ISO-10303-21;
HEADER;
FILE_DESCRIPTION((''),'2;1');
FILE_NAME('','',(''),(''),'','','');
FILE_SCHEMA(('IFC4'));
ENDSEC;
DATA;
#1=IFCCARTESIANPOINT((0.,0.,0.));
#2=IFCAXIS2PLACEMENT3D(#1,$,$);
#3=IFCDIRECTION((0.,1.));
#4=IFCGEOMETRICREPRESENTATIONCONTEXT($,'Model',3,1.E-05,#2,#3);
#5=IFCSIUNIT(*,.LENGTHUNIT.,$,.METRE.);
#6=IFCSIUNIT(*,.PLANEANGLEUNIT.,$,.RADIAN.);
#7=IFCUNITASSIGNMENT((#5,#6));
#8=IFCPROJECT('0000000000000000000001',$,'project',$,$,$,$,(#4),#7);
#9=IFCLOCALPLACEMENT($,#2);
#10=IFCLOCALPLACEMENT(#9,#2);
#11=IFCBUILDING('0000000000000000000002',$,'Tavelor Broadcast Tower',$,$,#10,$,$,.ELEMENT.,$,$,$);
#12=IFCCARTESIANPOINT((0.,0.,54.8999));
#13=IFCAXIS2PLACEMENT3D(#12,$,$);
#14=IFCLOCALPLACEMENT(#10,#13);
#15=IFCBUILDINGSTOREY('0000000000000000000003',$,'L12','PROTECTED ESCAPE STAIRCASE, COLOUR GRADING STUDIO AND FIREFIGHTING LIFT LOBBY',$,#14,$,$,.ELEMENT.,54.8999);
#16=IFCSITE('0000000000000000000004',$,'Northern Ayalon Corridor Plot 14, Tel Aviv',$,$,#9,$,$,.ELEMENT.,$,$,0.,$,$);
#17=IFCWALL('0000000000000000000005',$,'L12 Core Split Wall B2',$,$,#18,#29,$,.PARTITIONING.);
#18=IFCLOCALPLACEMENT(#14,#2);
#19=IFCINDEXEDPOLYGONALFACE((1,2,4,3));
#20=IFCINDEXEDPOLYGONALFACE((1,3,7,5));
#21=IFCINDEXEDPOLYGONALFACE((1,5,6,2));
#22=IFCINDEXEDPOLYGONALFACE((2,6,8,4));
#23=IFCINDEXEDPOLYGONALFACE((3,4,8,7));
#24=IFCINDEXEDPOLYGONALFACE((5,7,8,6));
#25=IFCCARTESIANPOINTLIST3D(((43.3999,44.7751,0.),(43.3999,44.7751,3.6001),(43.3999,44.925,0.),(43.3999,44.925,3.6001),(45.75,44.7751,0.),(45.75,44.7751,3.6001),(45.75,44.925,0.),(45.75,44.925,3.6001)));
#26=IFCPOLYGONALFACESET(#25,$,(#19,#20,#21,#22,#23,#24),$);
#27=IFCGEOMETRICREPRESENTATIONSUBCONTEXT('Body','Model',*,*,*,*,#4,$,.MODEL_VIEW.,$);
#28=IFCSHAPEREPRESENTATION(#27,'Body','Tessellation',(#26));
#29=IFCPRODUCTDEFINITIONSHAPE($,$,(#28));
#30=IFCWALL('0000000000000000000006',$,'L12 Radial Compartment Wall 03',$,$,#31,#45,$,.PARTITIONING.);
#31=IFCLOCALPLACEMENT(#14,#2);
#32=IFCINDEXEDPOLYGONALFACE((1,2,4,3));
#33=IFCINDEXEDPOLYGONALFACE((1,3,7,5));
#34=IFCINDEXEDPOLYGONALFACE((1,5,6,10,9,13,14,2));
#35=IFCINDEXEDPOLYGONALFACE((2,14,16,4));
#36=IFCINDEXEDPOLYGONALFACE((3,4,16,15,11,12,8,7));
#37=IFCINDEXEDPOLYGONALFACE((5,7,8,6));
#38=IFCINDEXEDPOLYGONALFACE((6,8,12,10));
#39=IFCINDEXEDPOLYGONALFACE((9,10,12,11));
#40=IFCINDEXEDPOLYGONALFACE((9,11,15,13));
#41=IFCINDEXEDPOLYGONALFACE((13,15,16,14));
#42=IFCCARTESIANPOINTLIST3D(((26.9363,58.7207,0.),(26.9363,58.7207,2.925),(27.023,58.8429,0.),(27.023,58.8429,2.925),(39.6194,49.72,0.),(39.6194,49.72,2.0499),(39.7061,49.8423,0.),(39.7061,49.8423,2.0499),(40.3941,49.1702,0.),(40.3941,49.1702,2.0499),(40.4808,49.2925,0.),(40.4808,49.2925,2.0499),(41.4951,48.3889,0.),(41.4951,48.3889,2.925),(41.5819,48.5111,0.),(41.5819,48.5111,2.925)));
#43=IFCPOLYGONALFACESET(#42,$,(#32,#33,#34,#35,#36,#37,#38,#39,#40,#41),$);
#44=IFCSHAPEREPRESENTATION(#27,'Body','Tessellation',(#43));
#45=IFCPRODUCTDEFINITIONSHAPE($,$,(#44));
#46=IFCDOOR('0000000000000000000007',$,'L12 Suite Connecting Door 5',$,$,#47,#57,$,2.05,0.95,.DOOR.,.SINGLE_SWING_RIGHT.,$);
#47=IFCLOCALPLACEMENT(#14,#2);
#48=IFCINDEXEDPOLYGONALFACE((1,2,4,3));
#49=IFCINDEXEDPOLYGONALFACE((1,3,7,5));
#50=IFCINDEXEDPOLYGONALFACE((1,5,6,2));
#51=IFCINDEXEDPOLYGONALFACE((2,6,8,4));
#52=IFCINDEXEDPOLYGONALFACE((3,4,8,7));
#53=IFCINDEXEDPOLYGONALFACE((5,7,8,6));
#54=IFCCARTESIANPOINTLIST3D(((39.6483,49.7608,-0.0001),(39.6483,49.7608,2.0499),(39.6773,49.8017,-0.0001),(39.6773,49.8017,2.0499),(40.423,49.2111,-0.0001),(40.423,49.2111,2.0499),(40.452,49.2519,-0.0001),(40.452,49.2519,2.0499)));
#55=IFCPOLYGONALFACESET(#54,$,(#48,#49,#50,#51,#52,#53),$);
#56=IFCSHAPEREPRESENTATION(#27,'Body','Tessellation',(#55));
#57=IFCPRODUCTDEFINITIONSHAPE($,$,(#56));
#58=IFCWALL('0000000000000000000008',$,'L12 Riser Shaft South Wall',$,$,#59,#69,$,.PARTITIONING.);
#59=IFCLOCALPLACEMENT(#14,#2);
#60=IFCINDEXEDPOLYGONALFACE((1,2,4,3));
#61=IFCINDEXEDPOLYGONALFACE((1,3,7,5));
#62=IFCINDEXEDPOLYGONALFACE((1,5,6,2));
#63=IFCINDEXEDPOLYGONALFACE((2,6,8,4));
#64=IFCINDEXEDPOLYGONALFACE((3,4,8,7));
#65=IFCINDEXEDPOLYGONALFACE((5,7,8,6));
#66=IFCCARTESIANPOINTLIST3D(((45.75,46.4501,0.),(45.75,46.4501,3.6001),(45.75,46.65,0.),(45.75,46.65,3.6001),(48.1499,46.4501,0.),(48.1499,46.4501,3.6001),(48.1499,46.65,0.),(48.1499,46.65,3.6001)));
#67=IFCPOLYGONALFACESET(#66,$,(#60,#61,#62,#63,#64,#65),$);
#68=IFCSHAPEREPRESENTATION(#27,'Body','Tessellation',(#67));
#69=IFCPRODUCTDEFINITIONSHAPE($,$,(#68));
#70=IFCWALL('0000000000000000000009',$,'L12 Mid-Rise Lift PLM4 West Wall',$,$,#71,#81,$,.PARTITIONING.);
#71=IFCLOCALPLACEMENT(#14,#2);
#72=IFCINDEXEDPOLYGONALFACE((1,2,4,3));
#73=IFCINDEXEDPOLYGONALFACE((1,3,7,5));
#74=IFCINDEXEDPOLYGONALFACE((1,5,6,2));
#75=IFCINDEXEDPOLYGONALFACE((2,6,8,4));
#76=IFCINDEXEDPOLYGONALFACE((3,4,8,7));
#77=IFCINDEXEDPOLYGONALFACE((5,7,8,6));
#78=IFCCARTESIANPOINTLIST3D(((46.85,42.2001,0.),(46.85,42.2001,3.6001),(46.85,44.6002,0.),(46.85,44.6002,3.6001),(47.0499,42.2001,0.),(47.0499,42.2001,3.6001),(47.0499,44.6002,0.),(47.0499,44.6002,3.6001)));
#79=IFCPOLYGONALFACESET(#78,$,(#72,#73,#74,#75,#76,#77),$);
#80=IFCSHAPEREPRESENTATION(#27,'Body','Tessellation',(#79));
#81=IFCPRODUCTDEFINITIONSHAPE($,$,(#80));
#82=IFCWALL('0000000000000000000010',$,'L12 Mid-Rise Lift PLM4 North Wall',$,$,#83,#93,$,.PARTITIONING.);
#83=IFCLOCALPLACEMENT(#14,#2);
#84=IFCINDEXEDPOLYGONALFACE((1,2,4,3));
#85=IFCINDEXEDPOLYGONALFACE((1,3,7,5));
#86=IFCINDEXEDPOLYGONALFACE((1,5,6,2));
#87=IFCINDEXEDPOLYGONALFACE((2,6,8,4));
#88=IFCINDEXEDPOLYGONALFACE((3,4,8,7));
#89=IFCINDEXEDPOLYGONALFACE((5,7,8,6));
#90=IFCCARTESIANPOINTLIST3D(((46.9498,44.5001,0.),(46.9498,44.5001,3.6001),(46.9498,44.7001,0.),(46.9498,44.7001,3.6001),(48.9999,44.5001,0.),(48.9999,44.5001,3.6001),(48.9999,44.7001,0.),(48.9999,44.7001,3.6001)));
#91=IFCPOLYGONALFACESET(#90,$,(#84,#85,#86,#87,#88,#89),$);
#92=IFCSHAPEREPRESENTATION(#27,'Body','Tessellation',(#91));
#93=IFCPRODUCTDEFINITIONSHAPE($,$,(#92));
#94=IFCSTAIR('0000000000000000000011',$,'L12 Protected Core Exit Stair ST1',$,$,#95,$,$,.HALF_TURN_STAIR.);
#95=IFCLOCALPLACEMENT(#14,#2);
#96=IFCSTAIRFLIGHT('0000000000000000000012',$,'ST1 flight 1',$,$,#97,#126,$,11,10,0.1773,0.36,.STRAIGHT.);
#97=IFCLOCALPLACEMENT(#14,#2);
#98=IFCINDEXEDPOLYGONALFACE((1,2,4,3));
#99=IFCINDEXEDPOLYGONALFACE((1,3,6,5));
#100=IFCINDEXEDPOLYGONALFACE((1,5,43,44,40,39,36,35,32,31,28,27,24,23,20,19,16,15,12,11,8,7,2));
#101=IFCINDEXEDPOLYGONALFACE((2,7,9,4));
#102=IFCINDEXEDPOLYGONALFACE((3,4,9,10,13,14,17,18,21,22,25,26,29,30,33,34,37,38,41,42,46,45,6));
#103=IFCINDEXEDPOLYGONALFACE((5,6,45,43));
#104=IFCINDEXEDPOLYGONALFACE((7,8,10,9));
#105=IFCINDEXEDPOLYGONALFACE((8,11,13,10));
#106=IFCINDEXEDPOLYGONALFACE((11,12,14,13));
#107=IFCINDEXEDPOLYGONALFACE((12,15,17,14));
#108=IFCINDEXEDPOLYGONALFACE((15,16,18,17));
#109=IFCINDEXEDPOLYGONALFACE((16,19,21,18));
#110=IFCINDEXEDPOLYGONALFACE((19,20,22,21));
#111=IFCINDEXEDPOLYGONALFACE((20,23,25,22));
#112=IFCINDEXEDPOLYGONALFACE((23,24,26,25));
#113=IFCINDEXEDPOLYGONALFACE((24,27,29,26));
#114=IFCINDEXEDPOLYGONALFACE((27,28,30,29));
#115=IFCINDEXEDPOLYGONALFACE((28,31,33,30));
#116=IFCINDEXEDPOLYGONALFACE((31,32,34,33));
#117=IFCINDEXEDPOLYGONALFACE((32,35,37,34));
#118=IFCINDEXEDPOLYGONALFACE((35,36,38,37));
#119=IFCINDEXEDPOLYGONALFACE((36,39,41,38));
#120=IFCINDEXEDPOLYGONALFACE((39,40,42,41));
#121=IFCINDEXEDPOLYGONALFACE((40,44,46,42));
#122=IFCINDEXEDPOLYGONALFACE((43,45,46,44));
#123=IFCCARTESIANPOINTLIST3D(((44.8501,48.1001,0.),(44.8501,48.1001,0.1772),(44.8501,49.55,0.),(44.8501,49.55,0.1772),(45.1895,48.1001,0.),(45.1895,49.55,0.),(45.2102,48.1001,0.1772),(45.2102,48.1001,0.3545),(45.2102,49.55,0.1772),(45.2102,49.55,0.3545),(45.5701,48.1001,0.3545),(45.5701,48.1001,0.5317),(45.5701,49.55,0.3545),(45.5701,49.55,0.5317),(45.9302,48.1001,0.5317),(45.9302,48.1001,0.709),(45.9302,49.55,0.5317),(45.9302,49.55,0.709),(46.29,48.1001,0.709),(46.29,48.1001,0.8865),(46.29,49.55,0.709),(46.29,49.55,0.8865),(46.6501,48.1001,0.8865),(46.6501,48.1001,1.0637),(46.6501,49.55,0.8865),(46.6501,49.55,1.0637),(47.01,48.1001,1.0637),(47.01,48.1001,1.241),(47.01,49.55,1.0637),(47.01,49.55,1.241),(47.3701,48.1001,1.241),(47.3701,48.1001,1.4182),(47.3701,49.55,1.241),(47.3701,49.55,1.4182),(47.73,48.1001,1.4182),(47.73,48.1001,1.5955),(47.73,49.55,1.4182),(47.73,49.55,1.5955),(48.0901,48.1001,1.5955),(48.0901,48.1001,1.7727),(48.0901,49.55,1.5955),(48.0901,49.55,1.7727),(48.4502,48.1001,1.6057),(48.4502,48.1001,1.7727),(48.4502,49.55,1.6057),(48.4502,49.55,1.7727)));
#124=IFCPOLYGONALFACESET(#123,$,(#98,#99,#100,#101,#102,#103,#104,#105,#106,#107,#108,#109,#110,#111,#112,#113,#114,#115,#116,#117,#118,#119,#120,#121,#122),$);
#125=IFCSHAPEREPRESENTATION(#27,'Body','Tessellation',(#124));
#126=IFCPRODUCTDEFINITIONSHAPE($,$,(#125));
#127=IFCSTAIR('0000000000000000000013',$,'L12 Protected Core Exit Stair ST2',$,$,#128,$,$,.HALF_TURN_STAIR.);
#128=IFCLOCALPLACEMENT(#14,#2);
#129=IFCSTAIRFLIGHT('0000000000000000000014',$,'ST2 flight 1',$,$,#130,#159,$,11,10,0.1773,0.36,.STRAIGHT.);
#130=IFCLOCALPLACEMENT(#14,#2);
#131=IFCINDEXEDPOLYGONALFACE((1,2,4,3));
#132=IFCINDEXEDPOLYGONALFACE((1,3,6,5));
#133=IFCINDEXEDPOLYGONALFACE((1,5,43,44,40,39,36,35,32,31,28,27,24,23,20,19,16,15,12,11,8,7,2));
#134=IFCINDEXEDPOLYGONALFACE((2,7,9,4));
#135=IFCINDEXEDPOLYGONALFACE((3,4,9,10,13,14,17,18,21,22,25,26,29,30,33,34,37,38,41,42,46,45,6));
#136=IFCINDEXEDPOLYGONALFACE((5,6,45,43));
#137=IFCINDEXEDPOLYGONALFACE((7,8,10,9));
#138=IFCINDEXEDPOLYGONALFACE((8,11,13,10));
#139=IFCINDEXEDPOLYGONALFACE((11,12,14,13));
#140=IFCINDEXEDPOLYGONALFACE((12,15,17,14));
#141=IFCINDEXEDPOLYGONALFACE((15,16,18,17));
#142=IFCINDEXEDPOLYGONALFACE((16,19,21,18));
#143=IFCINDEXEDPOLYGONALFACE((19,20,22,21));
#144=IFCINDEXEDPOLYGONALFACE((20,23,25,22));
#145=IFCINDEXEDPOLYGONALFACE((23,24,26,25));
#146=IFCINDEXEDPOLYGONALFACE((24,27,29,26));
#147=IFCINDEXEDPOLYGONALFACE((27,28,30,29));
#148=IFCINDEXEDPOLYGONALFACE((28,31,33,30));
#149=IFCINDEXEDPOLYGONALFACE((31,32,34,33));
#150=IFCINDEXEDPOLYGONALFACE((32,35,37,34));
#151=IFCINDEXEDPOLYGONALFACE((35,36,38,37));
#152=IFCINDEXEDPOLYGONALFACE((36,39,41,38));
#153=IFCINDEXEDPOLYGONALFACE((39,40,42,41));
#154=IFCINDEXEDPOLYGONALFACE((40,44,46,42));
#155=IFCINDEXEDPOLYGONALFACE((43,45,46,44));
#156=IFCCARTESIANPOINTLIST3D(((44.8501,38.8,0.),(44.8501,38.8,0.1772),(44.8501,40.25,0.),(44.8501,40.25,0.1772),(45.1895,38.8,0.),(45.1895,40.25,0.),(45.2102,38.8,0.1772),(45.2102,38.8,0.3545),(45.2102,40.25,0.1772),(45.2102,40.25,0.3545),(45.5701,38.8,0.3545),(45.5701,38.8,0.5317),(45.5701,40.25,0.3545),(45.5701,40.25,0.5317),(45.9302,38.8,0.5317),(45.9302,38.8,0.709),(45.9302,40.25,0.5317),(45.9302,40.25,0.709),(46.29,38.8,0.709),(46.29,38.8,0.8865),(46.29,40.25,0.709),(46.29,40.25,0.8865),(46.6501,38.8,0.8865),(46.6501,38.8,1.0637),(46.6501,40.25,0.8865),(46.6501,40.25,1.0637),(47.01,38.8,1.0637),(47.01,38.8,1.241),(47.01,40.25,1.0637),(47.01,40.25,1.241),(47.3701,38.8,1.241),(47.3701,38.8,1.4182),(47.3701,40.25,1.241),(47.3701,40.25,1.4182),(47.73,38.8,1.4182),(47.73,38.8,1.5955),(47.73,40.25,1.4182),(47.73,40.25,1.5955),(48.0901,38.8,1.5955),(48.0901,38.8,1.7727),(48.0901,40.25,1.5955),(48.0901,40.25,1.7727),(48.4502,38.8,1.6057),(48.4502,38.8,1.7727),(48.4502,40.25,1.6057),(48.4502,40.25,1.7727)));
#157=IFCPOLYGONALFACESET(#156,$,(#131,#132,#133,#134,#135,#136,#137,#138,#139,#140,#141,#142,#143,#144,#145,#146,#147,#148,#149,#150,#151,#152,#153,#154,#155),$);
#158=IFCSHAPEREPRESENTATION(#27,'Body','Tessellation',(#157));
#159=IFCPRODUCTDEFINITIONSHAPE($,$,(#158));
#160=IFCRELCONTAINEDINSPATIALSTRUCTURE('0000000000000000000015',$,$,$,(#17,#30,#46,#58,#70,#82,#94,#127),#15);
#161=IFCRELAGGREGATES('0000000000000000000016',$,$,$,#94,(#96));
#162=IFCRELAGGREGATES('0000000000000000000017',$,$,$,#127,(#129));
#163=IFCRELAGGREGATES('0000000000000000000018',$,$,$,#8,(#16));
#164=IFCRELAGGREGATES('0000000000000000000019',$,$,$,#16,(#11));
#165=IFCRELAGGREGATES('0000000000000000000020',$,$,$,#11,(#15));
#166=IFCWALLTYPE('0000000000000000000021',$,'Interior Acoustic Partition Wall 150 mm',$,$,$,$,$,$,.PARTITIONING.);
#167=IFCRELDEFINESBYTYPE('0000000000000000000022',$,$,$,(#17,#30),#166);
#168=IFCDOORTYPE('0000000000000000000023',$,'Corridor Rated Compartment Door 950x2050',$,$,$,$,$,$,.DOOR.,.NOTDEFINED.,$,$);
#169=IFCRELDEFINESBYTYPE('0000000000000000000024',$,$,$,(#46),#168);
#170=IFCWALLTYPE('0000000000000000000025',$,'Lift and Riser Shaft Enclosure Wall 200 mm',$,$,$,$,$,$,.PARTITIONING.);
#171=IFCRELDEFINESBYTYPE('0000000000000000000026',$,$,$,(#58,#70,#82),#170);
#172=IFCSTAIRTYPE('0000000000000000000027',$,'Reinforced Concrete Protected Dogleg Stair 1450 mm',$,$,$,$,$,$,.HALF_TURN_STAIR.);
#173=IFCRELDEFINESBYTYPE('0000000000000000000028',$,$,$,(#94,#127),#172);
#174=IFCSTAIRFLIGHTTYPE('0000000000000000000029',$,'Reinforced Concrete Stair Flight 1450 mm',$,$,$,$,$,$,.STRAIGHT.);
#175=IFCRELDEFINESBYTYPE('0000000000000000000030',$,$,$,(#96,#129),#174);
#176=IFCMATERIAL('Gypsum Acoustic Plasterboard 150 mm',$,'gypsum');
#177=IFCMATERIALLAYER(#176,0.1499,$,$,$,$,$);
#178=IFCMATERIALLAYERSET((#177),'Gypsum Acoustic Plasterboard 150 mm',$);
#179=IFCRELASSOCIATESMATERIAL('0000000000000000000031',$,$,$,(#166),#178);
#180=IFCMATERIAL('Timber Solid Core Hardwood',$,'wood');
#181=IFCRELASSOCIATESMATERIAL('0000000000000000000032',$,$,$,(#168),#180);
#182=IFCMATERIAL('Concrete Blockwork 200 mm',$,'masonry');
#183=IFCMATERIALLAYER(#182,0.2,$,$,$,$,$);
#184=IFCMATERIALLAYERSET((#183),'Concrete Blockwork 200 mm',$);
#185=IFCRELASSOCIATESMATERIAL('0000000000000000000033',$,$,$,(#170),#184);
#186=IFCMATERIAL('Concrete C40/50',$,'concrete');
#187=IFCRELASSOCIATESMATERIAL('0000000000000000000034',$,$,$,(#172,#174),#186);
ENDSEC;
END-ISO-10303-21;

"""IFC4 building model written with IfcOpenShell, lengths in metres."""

from ifc_helpers import new_model, si_unit, direction, frame, frame_2d, origin, place, context, subcontext, project, spatial, polyline, rectangle, outline, extrude, material, layer, layer_set, type_object, element, fill, aggregate, save


model = new_model("IFC4")

# Units and contexts
model_context = context("Model", 3, precision=1e-05, world=origin(), true_north=direction((0.0, 1.0)))
body_context = subcontext(model_context, "Body", "Model", "MODEL_VIEW")
ifc_project = project(units=[si_unit("LENGTHUNIT", "METRE"), si_unit("PLANEANGLEUNIT", "RADIAN")], contexts=[model_context])

# Site, building, storey
site_placement = place(None, origin())
site = spatial("IfcSite", under=ifc_project, at=site_placement, Name="Northern Ayalon Corridor Plot 14, Tel Aviv", CompositionType="ELEMENT", RefElevation=0.0)
building_placement = place(site_placement, origin())
building = spatial("IfcBuilding", under=site, at=building_placement, Name="Tavelor Broadcast Tower", CompositionType="ELEMENT")
storey_placement = place(building_placement, frame((0.0, 0.0, 54.8999)))
storey = spatial("IfcBuildingStorey", under=building, at=storey_placement, Name="L12", Description="PROTECTED ESCAPE STAIRCASE, COLOUR GRADING STUDIO AND FIREFIGHTING LIFT LOBBY", CompositionType="ELEMENT", Elevation=54.8999)

# Shared definitions
ifc_material_1 = material(Name="Concrete C40/50", Category="concrete")

# Shared definitions
ifc_material_2 = material(Name="Timber Solid Core Hardwood", Category="wood")

# Wall
ifc_material_3 = material(Name="Gypsum Acoustic Plasterboard 150 mm", Category="gypsum")
ifc_layer_1 = layer(ifc_material_3, 0.1499)
ifc_layer_set_1 = layer_set([ifc_layer_1], Name="Gypsum Acoustic Plasterboard 150 mm")
wall_type_1 = type_object("IfcWallType", Name="Interior Acoustic Partition Wall 150 mm", PredefinedType="PARTITIONING", material=ifc_layer_set_1)
for number, where, z_axis, x_axis, name in (
    (1, (43.3999, 44.8501, 0.0), (0.0, 0.0, 1.0), (1.0, 0.0, 0.0), "L12 Core Split Wall B2"),
):
    element("IfcWall", number, at=place(storey_placement, frame(where, z_axis=z_axis, x_axis=x_axis)), inside=storey, type_object=wall_type_1, Name=name, PredefinedType="PARTITIONING", context=body_context, shape_type="SweptSolid", body=[
        extrude(rectangle(XDim=2.3501, YDim=0.1499, at=frame_2d((1.175, 0.0))), origin(), (0.0, 0.0, 1.0), 3.6001),
    ])

# Wall, opening, door
wall_1_placement = place(storey_placement, frame((41.5386, 48.45, 0.0), z_axis=(0.0, 0.0, 1.0), x_axis=(-0.815515, 0.578736, 0.0)))
wall_1 = element("IfcWall", 2, at=wall_1_placement, inside=storey, type_object=wall_type_1, Name="L12 Radial Compartment Wall 03", PredefinedType="PARTITIONING", context=body_context, shape_type="SweptSolid", body=[
    extrude(rectangle(XDim=17.8523, YDim=0.1499, at=frame_2d((8.9263, 0.0))), origin(), (0.0, 0.0, 1.0), 2.925),
])
opening_1_placement = place(wall_1_placement, frame((1.3501, 0.0, 0.0)))
opening_1 = element("IfcOpeningElement", 3, at=opening_1_placement, cuts=wall_1, PredefinedType="OPENING", context=body_context, shape_type="SweptSolid", body=[
    extrude(rectangle(XDim=0.95, YDim=2.05, at=frame_2d((0.4751, 1.0249))), frame((0.0, 0.085, 0.0), z_axis=(0.0, -1.0, 0.0), x_axis=(1.0, 0.0, 0.0)), (0.0, 0.0, 1.0), 0.1699),
])
door_type_1 = type_object("IfcDoorType", Name="Corridor Rated Compartment Door 950x2050", OperationType="NOTDEFINED", PredefinedType="DOOR", material=ifc_material_2)
door_1_placement = place(opening_1_placement, origin())
door_1 = element("IfcDoor", 4, at=door_1_placement, inside=storey, type_object=door_type_1, Name="L12 Suite Connecting Door 5", OperationType="SINGLE_SWING_RIGHT", OverallHeight=2.05, OverallWidth=0.95, PredefinedType="DOOR", context=body_context, shape_type="SweptSolid", body=[
    extrude(rectangle(XDim=0.95, YDim=2.05, at=frame_2d((0.4751, 1.0249))), frame((0.0, 0.0249, 0.0), z_axis=(0.0, -1.0, 0.0), x_axis=(1.0, 0.0, 0.0)), (0.0, 0.0, 1.0), 0.05),
])
fill(opening_1, door_1)

# Walls
ifc_material_4 = material(Name="Concrete Blockwork 200 mm", Category="masonry")
ifc_layer_2 = layer(ifc_material_4, 0.2)
ifc_layer_set_2 = layer_set([ifc_layer_2], Name="Concrete Blockwork 200 mm")
wall_type_2 = type_object("IfcWallType", Name="Lift and Riser Shaft Enclosure Wall 200 mm", PredefinedType="PARTITIONING", material=ifc_layer_set_2)
wall_2_placement = place(storey_placement, frame((45.75, 46.55, 0.0), z_axis=(0.0, 0.0, 1.0), x_axis=(1.0, 0.0, 0.0)))
element("IfcWall", 5, at=wall_2_placement, inside=storey, type_object=wall_type_2, Name="L12 Riser Shaft South Wall", PredefinedType="PARTITIONING", context=body_context, shape_type="SweptSolid", body=[
    extrude(rectangle(XDim=2.3999, YDim=0.2, at=frame_2d((1.2, 0.0))), origin(), (0.0, 0.0, 1.0), 3.6001),
])
wall_3_placement = place(storey_placement, frame((46.95, 42.2, 0.0), z_axis=(0.0, 0.0, 1.0), x_axis=(0.0, 1.0, 0.0)))
element("IfcWall", 6, at=wall_3_placement, inside=storey, type_object=wall_type_2, Name="L12 Mid-Rise Lift PLM4 West Wall", PredefinedType="PARTITIONING", context=body_context, shape_type="SweptSolid", body=[
    extrude(rectangle(XDim=2.4001, YDim=0.2, at=frame_2d((1.2002, 0.0))), origin(), (0.0, 0.0, 1.0), 3.6001),
])
wall_4_placement = place(storey_placement, frame((46.95, 44.6001, 0.0), z_axis=(0.0, 0.0, 1.0), x_axis=(1.0, 0.0, 0.0)))
element("IfcWall", 7, at=wall_4_placement, inside=storey, type_object=wall_type_2, Name="L12 Mid-Rise Lift PLM4 North Wall", PredefinedType="PARTITIONING", context=body_context, shape_type="SweptSolid", body=[
    extrude(rectangle(XDim=2.05, YDim=0.2, at=frame_2d((1.0249, 0.0))), origin(), (0.0, 0.0, 1.0), 3.6001),
])

# Stairs, stair flights
stair_type = type_object("IfcStairType", Name="Reinforced Concrete Protected Dogleg Stair 1450 mm", PredefinedType="HALF_TURN_STAIR", material=ifc_material_1)
stair_1_placement = place(storey_placement, origin())
stair_1 = element("IfcStair", 8, at=stair_1_placement, inside=storey, type_object=stair_type, Name="L12 Protected Core Exit Stair ST1", PredefinedType="HALF_TURN_STAIR")
stair_flight_type = type_object("IfcStairFlightType", Name="Reinforced Concrete Stair Flight 1450 mm", PredefinedType="STRAIGHT", material=ifc_material_1)
stair_flight_1_placement = place(storey_placement, frame((44.8501, 48.825, 0.0), z_axis=(0.0, 0.0, 1.0), x_axis=(1.0, 0.0, 0.0)))
stair_flight_1 = element("IfcStairFlight", 9, at=stair_flight_1_placement, type_object=stair_flight_type, Name="ST1 flight 1", NumberOfRisers=11, NumberOfTreads=10, PredefinedType="STRAIGHT", RiserHeight=0.1773, TreadLength=0.36, context=body_context, shape_type="SweptSolid", body=[
    extrude(outline(polyline([(0.0, 0.0), (0.0, 0.1772), (0.3601, 0.1772), (0.3601, 0.3545), (0.72, 0.3545), (0.72, 0.5317), (1.0801, 0.5317), (1.0801, 0.709), (1.4399, 0.709), (1.4399, 0.8865), (1.8, 0.8865), (1.8, 1.0637), (2.1599, 1.0637), (2.1599, 1.241), (2.52, 1.241), (2.52, 1.4182), (2.8799, 1.4182), (2.8799, 1.5955), (3.24, 1.5955), (3.24, 1.7727), (3.6001, 1.7727), (3.6001, 1.95), (3.6001, 1.6057), (0.3394, 0.0), (0.0, 0.0)])), frame((0.0, 0.7251, 0.0), z_axis=(0.0, -1.0, 0.0), x_axis=(1.0, 0.0, 0.0)), (0.0, 0.0, 1.0), 1.45),
])
aggregate(stair_1, [stair_flight_1])
stair_2_placement = place(storey_placement, origin())
stair_2 = element("IfcStair", 10, at=stair_2_placement, inside=storey, type_object=stair_type, Name="L12 Protected Core Exit Stair ST2", PredefinedType="HALF_TURN_STAIR")
stair_flight_2_placement = place(storey_placement, frame((44.8501, 39.5249, 0.0), z_axis=(0.0, 0.0, 1.0), x_axis=(1.0, 0.0, 0.0)))
stair_flight_2 = element("IfcStairFlight", 11, at=stair_flight_2_placement, type_object=stair_flight_type, Name="ST2 flight 1", NumberOfRisers=11, NumberOfTreads=10, PredefinedType="STRAIGHT", RiserHeight=0.1773, TreadLength=0.36, context=body_context, shape_type="SweptSolid", body=[
    extrude(outline(polyline([(0.0, 0.0), (0.0, 0.1772), (0.3601, 0.1772), (0.3601, 0.3545), (0.72, 0.3545), (0.72, 0.5317), (1.0801, 0.5317), (1.0801, 0.709), (1.4399, 0.709), (1.4399, 0.8865), (1.8, 0.8865), (1.8, 1.0637), (2.1599, 1.0637), (2.1599, 1.241), (2.52, 1.241), (2.52, 1.4182), (2.8799, 1.4182), (2.8799, 1.5955), (3.24, 1.5955), (3.24, 1.7727), (3.6001, 1.7727), (3.6001, 1.95), (3.6001, 1.6057), (0.3394, 0.0), (0.0, 0.0)])), frame((0.0, 0.7251, 0.0), z_axis=(0.0, -1.0, 0.0), x_axis=(1.0, 0.0, 0.0)), (0.0, 0.0, 1.0), 1.45),
])
aggregate(stair_2, [stair_flight_2])

save(model, "model.ifc")
